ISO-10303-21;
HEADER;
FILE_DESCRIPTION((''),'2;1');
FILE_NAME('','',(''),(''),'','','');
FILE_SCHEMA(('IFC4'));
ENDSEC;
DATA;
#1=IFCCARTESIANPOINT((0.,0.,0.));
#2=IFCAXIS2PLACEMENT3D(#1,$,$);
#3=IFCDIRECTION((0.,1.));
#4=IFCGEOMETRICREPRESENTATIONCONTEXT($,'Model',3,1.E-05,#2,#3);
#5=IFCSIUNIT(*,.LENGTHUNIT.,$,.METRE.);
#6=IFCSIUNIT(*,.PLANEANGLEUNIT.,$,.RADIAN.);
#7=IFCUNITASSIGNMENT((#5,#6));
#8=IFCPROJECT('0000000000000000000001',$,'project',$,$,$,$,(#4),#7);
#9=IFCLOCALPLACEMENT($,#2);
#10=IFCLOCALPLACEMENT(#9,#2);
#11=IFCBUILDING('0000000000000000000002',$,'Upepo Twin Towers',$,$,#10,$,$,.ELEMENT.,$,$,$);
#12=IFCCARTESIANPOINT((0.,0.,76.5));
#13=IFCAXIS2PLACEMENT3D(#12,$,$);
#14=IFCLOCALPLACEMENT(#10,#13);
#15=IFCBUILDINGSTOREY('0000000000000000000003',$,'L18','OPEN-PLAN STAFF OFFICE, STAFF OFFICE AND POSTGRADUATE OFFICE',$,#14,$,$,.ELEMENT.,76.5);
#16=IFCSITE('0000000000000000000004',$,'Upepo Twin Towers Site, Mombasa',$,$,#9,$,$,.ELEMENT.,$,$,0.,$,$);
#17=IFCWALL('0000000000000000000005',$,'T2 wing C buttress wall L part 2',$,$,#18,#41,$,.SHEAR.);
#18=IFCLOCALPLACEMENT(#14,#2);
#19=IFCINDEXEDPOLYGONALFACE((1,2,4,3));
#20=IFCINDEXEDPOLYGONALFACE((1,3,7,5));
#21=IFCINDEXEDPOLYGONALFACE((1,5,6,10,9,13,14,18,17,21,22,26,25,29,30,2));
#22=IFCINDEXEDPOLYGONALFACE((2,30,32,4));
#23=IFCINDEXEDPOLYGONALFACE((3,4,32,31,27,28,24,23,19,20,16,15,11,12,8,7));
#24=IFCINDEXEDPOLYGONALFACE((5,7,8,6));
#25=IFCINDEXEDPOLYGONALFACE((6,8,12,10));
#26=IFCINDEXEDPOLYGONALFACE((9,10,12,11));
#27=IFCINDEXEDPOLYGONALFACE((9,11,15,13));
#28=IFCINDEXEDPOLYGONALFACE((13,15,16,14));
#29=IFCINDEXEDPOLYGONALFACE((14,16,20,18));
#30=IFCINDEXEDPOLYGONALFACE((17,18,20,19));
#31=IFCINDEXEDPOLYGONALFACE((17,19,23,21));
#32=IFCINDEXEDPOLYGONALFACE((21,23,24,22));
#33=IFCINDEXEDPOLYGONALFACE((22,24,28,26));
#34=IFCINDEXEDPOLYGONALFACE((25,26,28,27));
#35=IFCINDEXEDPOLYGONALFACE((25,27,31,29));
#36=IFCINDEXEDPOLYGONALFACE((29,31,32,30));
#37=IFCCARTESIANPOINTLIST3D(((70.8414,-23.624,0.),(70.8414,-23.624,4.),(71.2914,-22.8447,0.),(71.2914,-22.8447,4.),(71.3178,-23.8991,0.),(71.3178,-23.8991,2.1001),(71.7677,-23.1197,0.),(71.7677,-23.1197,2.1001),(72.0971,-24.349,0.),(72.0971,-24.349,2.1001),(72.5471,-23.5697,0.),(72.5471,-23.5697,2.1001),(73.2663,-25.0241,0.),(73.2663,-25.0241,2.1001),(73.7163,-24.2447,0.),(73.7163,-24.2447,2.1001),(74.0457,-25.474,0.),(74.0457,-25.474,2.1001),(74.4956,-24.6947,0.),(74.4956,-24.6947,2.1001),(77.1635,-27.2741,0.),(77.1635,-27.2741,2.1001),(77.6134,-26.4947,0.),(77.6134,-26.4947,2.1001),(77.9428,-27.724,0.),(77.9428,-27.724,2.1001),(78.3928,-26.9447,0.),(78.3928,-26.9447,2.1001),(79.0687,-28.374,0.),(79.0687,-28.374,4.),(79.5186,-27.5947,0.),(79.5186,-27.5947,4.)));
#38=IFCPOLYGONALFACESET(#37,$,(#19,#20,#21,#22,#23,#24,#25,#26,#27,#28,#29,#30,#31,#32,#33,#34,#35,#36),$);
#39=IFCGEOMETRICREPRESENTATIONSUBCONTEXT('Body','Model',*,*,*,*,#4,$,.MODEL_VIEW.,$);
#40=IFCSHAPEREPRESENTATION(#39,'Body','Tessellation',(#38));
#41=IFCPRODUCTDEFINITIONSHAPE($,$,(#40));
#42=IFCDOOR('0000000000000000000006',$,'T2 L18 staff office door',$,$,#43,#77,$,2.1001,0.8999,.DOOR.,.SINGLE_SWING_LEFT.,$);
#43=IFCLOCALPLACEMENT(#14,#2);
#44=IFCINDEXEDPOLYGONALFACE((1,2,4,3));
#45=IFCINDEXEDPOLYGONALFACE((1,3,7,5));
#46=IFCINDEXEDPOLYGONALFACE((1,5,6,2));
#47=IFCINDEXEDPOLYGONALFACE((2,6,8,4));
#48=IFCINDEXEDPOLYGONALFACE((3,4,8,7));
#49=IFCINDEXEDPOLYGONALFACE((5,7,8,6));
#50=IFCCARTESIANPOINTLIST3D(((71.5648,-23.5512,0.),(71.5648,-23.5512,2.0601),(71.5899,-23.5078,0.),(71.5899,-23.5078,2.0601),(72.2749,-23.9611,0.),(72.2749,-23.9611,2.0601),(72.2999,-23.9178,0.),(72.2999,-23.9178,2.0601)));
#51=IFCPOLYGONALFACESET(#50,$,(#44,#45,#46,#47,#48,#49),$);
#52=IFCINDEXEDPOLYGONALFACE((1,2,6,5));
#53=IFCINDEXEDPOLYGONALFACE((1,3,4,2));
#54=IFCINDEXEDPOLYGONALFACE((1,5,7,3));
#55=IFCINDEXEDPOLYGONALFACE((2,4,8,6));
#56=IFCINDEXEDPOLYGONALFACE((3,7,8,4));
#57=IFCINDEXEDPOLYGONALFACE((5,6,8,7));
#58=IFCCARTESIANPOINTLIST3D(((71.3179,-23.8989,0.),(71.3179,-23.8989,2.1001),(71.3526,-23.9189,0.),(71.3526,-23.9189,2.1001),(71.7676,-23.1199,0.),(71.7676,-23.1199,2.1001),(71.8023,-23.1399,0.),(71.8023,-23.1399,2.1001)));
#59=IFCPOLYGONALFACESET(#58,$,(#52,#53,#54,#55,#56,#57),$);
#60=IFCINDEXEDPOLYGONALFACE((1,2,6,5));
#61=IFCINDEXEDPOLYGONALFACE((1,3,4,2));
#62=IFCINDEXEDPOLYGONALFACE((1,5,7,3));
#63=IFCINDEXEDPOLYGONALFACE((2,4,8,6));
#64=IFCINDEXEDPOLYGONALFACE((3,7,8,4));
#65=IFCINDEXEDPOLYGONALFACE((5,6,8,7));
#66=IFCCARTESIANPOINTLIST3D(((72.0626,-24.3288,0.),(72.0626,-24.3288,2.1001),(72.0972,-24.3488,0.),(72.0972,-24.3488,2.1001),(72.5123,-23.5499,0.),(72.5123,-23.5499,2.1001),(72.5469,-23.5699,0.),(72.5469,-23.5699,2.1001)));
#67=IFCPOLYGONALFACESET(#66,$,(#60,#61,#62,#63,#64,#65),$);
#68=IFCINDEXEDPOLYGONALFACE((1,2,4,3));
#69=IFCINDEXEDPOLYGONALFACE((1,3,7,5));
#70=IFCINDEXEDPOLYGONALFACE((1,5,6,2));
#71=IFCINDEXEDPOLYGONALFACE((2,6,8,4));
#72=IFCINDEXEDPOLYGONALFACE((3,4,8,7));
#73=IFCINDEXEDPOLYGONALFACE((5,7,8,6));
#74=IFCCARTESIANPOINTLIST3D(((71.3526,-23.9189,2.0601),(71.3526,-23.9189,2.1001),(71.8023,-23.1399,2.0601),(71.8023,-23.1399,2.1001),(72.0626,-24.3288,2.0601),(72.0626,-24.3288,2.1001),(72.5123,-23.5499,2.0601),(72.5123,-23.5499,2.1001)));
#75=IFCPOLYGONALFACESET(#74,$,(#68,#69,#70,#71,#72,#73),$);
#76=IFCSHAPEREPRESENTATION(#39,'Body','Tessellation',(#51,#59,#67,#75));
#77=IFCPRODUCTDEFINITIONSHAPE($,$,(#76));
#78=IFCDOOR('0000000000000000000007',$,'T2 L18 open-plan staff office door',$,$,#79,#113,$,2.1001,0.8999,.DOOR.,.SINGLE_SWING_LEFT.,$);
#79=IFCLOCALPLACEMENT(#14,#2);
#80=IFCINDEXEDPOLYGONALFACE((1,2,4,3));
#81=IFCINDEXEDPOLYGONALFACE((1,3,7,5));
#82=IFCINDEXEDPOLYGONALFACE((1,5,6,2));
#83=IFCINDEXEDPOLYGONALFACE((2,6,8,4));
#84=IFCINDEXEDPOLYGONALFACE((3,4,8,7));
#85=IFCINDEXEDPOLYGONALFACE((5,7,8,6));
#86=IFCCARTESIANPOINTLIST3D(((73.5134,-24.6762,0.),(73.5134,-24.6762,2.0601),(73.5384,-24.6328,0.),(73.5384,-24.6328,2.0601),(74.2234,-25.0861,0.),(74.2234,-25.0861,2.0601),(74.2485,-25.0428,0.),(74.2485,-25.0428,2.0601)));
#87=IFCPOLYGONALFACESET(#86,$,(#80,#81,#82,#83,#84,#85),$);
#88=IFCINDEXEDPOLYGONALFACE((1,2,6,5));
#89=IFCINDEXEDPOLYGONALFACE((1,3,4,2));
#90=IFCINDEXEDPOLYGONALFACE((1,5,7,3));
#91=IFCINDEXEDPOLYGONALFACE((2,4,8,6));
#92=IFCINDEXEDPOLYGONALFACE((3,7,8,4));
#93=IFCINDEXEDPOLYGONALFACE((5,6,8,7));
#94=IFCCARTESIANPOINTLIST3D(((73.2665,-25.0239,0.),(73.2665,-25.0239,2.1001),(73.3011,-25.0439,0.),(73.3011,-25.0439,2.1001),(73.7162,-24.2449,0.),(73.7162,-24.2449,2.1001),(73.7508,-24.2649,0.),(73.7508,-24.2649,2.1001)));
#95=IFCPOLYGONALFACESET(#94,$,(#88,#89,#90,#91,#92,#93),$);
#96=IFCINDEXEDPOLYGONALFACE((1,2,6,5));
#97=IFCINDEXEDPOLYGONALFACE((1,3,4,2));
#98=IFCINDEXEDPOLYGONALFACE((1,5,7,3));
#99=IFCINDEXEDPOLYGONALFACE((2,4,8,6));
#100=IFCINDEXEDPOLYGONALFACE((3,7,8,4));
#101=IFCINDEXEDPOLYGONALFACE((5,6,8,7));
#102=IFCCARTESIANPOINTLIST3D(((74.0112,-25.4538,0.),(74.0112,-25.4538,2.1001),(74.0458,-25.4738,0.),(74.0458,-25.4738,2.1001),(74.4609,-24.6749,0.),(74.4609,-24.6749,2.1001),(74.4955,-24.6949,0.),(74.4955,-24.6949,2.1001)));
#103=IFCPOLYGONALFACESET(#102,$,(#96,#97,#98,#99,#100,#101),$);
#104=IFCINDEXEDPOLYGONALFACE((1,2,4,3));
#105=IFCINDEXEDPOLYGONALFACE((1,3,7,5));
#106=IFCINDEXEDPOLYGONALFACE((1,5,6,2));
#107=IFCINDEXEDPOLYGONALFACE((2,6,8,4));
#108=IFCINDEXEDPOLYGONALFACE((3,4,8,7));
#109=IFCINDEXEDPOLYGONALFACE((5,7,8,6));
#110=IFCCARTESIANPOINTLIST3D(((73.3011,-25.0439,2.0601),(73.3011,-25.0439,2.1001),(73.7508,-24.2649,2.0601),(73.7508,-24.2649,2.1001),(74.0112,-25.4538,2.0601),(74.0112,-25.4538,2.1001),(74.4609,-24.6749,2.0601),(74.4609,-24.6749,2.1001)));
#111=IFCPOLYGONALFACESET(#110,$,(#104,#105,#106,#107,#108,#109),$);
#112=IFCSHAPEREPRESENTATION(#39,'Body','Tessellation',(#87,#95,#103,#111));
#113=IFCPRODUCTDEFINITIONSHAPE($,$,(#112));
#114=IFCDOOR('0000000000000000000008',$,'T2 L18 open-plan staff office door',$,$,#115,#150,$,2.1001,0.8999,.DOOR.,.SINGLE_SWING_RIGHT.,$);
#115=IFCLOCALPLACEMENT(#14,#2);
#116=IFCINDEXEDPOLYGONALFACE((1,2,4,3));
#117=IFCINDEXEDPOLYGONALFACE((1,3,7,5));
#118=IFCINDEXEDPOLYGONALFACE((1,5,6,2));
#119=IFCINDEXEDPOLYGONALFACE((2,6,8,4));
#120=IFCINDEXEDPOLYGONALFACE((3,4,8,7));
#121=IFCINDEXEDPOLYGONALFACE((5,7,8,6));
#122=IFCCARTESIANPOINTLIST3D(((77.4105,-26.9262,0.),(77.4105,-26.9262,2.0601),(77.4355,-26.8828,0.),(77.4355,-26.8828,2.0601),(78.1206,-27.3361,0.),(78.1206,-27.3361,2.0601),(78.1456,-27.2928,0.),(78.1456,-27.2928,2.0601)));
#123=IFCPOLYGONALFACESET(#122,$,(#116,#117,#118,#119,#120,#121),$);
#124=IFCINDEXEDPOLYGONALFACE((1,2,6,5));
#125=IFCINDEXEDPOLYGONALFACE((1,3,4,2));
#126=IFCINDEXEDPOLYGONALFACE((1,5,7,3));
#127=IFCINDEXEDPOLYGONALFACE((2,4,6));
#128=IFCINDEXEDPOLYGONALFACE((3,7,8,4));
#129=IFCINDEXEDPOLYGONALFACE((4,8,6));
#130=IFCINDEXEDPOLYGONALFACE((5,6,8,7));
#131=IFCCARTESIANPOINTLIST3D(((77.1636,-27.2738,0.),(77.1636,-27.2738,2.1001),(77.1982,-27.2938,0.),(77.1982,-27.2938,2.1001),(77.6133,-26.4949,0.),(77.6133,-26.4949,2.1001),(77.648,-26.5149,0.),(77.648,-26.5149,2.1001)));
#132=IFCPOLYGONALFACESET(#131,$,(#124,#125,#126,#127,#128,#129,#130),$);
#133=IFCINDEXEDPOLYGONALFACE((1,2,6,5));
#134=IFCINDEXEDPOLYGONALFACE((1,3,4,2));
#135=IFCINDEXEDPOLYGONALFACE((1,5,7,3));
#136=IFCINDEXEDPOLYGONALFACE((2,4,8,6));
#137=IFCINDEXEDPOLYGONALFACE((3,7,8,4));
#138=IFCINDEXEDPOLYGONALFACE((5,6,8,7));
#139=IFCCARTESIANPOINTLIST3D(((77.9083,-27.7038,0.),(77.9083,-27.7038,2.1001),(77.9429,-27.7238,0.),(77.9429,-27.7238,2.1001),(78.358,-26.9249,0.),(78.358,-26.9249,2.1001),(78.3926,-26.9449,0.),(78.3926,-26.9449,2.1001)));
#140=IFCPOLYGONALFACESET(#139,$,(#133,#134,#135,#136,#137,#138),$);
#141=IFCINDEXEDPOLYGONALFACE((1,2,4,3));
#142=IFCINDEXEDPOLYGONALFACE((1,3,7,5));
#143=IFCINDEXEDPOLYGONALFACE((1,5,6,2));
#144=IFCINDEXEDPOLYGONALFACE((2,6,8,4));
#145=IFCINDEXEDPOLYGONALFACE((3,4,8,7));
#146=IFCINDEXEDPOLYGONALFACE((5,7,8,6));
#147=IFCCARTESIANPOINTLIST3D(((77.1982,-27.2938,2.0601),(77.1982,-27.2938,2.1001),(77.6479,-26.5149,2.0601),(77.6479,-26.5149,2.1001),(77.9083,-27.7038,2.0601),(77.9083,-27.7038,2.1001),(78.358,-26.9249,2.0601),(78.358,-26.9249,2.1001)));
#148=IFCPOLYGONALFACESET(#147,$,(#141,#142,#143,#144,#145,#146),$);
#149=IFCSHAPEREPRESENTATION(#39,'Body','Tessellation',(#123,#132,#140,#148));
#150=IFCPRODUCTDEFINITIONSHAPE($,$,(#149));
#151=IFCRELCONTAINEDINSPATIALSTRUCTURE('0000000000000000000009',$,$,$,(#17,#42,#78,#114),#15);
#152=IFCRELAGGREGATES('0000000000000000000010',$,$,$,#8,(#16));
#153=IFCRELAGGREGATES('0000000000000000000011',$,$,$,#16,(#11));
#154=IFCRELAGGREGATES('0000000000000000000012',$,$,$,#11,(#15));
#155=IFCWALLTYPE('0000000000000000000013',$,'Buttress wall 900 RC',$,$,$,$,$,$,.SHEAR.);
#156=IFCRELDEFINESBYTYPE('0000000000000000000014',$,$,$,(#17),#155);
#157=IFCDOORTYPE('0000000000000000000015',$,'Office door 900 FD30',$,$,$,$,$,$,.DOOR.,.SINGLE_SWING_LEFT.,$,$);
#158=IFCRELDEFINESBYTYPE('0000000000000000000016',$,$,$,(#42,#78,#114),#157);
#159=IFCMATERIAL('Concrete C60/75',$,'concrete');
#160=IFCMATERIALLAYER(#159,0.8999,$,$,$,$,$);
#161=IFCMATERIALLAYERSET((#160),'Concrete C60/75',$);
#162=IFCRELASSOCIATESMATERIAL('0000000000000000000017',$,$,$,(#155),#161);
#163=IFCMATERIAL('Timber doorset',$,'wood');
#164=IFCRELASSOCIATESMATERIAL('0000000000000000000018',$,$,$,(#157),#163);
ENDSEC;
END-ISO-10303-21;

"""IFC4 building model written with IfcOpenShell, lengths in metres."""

from ifc_helpers import new_model, si_unit, direction, frame, frame_2d, origin, place, context, subcontext, project, spatial, rectangle, extrude, material, layer, layer_set, type_object, element, fill, save


model = new_model("IFC4")

# Units and contexts
model_context = context("Model", 3, precision=1e-05, world=origin(), true_north=direction((0.0, 1.0)))
body_context = subcontext(model_context, "Body", "Model", "MODEL_VIEW")
ifc_project = project(units=[si_unit("LENGTHUNIT", "METRE"), si_unit("PLANEANGLEUNIT", "RADIAN")], contexts=[model_context])

# Site, building, storey
site_placement = place(None, origin())
site = spatial("IfcSite", under=ifc_project, at=site_placement, Name="Upepo Twin Towers Site, Mombasa", CompositionType="ELEMENT", RefElevation=0.0)
building_placement = place(site_placement, origin())
building = spatial("IfcBuilding", under=site, at=building_placement, Name="Upepo Twin Towers", CompositionType="ELEMENT")
storey_placement = place(building_placement, frame((0.0, 0.0, 76.5)))
storey = spatial("IfcBuildingStorey", under=building, at=storey_placement, Name="L18", Description="OPEN-PLAN STAFF OFFICE, STAFF OFFICE AND POSTGRADUATE OFFICE", CompositionType="ELEMENT", Elevation=76.5)

# Wall, openings, doors
ifc_material_1 = material(Name="Concrete C60/75", Category="concrete")
ifc_layer_1 = layer(ifc_material_1, 0.8999)
ifc_layer_set_1 = layer_set([ifc_layer_1], Name="Concrete C60/75")
wall_type_1 = type_object("IfcWallType", Name="Buttress wall 900 RC", PredefinedType="SHEAR", material=ifc_layer_set_1)
wall_1_placement = place(storey_placement, frame((71.0664, -23.2344, 0.0), z_axis=(0.0, 0.0, 1.0), x_axis=(0.866027, -0.499998, 0.0)))
wall_1 = element("IfcWall", 1, at=wall_1_placement, inside=storey, type_object=wall_type_1, Name="T2 wing C buttress wall L part 2", PredefinedType="SHEAR", context=body_context, shape_type="SweptSolid", body=[
    extrude(rectangle(XDim=9.5, YDim=0.8999, at=frame_2d((4.75, 0.0))), origin(), (0.0, 0.0, 1.0), 4.0),
])
opening_1_placement = place(wall_1_placement, frame((0.55, 0.0, 0.0)))
opening_1 = element("IfcOpeningElement", 2, at=opening_1_placement, cuts=wall_1, PredefinedType="OPENING", context=body_context, shape_type="SweptSolid", body=[
    extrude(rectangle(XDim=0.8999, YDim=2.1001, at=frame_2d((0.45, 1.05))), frame((0.0, 0.46, 0.0), z_axis=(0.0, -1.0, 0.0), x_axis=(1.0, 0.0, 0.0)), (0.0, 0.0, 1.0), 0.9199),
])
opening_2_placement = place(wall_1_placement, frame((2.8, 0.0, 0.0)))
opening_2 = element("IfcOpeningElement", 3, at=opening_2_placement, cuts=wall_1, PredefinedType="OPENING", context=body_context, shape_type="SweptSolid", body=[
    extrude(rectangle(XDim=0.8999, YDim=2.1001, at=frame_2d((0.45, 1.05))), frame((0.0, 0.46, 0.0), z_axis=(0.0, -1.0, 0.0), x_axis=(1.0, 0.0, 0.0)), (0.0, 0.0, 1.0), 0.9199),
])
opening_3_placement = place(wall_1_placement, frame((7.3, 0.0, 0.0)))
opening_3 = element("IfcOpeningElement", 4, at=opening_3_placement, cuts=wall_1, PredefinedType="OPENING", context=body_context, shape_type="SweptSolid", body=[
    extrude(rectangle(XDim=0.8999, YDim=2.1001, at=frame_2d((0.45, 1.05))), frame((0.0, 0.46, 0.0), z_axis=(0.0, -1.0, 0.0), x_axis=(1.0, 0.0, 0.0)), (0.0, 0.0, 1.0), 0.9199),
])
ifc_material_2 = material(Name="Timber doorset", Category="wood")
door_type = type_object("IfcDoorType", Name="Office door 900 FD30", OperationType="SINGLE_SWING_LEFT", PredefinedType="DOOR", material=ifc_material_2)
door_1_placement = place(opening_1_placement, origin())
door_1 = element("IfcDoor", 5, at=door_1_placement, inside=storey, type_object=door_type, Name="T2 L18 staff office door", OperationType="SINGLE_SWING_LEFT", OverallHeight=2.1001, OverallWidth=0.8999, PredefinedType="DOOR", context=body_context, shape_type="SweptSolid", body=[
    extrude(rectangle(XDim=0.8199, YDim=2.0601, at=frame_2d((0.45, 1.03))), frame((0.0, 0.0249, 0.0), z_axis=(0.0, -1.0, 0.0), x_axis=(1.0, 0.0, 0.0)), (0.0, 0.0, 1.0), 0.05),
    extrude(rectangle(XDim=0.04, YDim=2.1001, at=frame_2d((0.02, 1.05))), frame((0.0, 0.4497, 0.0), z_axis=(0.0, -1.0, 0.0), x_axis=(1.0, 0.0, 0.0)), (0.0, 0.0, 1.0), 0.8994),
    extrude(rectangle(XDim=0.04, YDim=2.1001, at=frame_2d((0.8799, 1.05))), frame((0.0, 0.4497, 0.0), z_axis=(0.0, -1.0, 0.0), x_axis=(1.0, 0.0, 0.0)), (0.0, 0.0, 1.0), 0.8994),
    extrude(rectangle(XDim=0.8199, YDim=0.04, at=frame_2d((0.45, 2.0801))), frame((0.0, 0.4497, 0.0), z_axis=(0.0, -1.0, 0.0), x_axis=(1.0, 0.0, 0.0)), (0.0, 0.0, 1.0), 0.8994),
])
fill(opening_1, door_1)
door_2_placement = place(opening_2_placement, origin())
door_2 = element("IfcDoor", 6, at=door_2_placement, inside=storey, type_object=door_type, Name="T2 L18 open-plan staff office door", OperationType="SINGLE_SWING_LEFT", OverallHeight=2.1001, OverallWidth=0.8999, PredefinedType="DOOR", context=body_context, shape_type="SweptSolid", body=[
    extrude(rectangle(XDim=0.8199, YDim=2.0601, at=frame_2d((0.45, 1.03))), frame((0.0, 0.0249, 0.0), z_axis=(0.0, -1.0, 0.0), x_axis=(1.0, 0.0, 0.0)), (0.0, 0.0, 1.0), 0.05),
    extrude(rectangle(XDim=0.04, YDim=2.1001, at=frame_2d((0.02, 1.05))), frame((0.0, 0.4497, 0.0), z_axis=(0.0, -1.0, 0.0), x_axis=(1.0, 0.0, 0.0)), (0.0, 0.0, 1.0), 0.8994),
    extrude(rectangle(XDim=0.04, YDim=2.1001, at=frame_2d((0.8799, 1.05))), frame((0.0, 0.4497, 0.0), z_axis=(0.0, -1.0, 0.0), x_axis=(1.0, 0.0, 0.0)), (0.0, 0.0, 1.0), 0.8994),
    extrude(rectangle(XDim=0.8199, YDim=0.04, at=frame_2d((0.45, 2.0801))), frame((0.0, 0.4497, 0.0), z_axis=(0.0, -1.0, 0.0), x_axis=(1.0, 0.0, 0.0)), (0.0, 0.0, 1.0), 0.8994),
])
fill(opening_2, door_2)
door_3_placement = place(opening_3_placement, origin())
door_3 = element("IfcDoor", 7, at=door_3_placement, inside=storey, type_object=door_type, Name="T2 L18 open-plan staff office door", OperationType="SINGLE_SWING_RIGHT", OverallHeight=2.1001, OverallWidth=0.8999, PredefinedType="DOOR", context=body_context, shape_type="SweptSolid", body=[
    extrude(rectangle(XDim=0.8199, YDim=2.0601, at=frame_2d((0.45, 1.03))), frame((0.0, 0.0249, 0.0), z_axis=(0.0, -1.0, 0.0), x_axis=(1.0, 0.0, 0.0)), (0.0, 0.0, 1.0), 0.05),
    extrude(rectangle(XDim=0.04, YDim=2.1001, at=frame_2d((0.02, 1.05))), frame((0.0, 0.4497, 0.0), z_axis=(0.0, -1.0, 0.0), x_axis=(1.0, 0.0, 0.0)), (0.0, 0.0, 1.0), 0.8994),
    extrude(rectangle(XDim=0.04, YDim=2.1001, at=frame_2d((0.8799, 1.05))), frame((0.0, 0.4497, 0.0), z_axis=(0.0, -1.0, 0.0), x_axis=(1.0, 0.0, 0.0)), (0.0, 0.0, 1.0), 0.8994),
    extrude(rectangle(XDim=0.8199, YDim=0.04, at=frame_2d((0.45, 2.0801))), frame((0.0, 0.4497, 0.0), z_axis=(0.0, -1.0, 0.0), x_axis=(1.0, 0.0, 0.0)), (0.0, 0.0, 1.0), 0.8994),
])
fill(opening_3, door_3)

save(model, "model.ifc")
